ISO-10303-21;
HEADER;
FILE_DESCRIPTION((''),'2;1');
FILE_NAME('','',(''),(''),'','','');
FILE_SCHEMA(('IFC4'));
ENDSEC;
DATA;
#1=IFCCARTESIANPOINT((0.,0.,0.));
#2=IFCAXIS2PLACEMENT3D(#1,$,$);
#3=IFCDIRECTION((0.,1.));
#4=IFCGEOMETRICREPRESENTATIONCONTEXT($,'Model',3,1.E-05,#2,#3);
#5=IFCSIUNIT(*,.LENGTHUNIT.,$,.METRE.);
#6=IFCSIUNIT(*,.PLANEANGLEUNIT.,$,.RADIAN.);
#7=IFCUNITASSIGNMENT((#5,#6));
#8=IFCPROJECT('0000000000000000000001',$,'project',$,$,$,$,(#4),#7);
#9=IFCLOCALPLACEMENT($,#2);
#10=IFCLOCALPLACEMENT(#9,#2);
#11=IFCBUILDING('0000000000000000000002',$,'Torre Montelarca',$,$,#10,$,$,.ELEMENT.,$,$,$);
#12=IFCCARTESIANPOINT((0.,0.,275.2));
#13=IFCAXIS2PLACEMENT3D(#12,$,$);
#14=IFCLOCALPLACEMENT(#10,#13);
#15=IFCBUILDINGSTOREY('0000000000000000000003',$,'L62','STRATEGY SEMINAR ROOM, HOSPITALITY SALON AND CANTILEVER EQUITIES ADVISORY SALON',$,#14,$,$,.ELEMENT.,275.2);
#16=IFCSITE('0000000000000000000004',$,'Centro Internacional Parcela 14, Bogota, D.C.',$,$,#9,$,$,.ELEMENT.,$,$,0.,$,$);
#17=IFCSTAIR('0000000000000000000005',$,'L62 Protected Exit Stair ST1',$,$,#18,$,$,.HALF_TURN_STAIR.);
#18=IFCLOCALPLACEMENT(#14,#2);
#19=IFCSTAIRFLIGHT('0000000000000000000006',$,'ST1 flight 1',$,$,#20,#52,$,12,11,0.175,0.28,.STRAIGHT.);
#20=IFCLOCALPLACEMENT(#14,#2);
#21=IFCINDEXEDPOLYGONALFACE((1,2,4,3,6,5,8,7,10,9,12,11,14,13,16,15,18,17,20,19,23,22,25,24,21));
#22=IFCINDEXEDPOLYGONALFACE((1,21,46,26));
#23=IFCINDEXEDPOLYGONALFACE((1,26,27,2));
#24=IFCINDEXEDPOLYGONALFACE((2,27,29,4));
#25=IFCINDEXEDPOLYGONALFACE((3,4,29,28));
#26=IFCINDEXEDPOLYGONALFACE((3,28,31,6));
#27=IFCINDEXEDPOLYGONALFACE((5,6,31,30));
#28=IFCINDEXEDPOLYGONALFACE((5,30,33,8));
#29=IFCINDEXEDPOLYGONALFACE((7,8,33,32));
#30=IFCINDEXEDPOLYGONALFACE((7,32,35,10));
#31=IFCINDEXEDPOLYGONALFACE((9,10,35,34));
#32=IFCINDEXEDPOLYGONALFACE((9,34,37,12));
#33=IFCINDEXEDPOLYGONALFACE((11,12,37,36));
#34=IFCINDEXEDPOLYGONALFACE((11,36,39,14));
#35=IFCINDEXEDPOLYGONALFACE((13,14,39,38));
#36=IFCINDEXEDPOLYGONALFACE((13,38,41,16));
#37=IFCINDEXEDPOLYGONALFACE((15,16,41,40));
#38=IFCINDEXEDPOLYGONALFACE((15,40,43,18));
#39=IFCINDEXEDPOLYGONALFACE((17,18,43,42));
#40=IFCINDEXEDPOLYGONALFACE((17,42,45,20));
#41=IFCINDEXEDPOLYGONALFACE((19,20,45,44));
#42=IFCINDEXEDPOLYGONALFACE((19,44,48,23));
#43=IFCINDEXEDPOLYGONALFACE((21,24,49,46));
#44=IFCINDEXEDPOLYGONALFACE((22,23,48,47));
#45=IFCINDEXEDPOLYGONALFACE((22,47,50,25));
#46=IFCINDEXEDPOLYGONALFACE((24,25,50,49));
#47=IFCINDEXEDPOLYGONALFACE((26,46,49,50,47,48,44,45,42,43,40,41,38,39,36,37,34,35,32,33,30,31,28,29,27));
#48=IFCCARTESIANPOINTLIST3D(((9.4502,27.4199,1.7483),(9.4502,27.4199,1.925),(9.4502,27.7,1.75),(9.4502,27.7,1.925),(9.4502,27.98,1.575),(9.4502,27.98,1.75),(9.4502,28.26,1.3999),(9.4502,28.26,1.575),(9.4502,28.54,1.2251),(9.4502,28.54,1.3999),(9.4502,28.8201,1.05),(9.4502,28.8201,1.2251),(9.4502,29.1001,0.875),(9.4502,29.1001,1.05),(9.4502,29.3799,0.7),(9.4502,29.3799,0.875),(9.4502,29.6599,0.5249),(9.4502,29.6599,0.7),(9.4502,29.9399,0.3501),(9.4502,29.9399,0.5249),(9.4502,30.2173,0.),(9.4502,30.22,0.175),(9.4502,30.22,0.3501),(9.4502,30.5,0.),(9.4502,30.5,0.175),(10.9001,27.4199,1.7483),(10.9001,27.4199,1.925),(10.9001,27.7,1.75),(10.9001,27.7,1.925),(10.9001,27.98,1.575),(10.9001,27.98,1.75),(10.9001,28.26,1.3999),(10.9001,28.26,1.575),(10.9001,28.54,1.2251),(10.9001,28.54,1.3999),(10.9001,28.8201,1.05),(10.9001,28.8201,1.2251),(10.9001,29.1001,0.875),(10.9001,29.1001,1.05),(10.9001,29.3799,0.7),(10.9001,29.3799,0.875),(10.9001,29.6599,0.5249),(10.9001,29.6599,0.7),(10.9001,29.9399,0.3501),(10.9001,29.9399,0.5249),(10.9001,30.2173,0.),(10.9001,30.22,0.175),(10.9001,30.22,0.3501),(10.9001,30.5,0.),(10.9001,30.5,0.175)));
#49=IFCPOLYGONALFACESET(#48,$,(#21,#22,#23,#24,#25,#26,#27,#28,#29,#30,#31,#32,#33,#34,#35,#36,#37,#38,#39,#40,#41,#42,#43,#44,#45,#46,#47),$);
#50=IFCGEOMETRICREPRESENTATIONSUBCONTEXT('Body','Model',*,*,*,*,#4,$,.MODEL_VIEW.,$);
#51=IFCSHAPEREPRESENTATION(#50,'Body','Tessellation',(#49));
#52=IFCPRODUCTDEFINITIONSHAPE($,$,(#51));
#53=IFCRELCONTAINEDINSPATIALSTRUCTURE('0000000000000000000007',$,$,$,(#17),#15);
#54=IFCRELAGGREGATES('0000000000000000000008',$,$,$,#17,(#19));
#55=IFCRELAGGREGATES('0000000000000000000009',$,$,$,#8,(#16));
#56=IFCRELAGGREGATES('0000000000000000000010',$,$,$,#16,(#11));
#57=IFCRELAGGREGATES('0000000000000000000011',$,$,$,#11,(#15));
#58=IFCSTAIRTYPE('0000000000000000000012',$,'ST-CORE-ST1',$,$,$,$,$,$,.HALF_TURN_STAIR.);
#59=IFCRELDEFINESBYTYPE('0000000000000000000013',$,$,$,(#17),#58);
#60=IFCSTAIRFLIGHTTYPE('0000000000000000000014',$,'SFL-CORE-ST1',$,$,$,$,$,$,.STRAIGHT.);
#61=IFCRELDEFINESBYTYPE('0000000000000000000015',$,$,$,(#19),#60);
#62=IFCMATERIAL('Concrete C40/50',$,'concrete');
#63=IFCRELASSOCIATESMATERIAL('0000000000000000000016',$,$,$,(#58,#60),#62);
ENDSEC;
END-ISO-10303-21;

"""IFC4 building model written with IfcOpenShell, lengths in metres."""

from ifc_helpers import new_model, si_unit, direction, frame, origin, place, context, subcontext, project, spatial, polyline, outline, extrude, material, type_object, element, aggregate, save


model = new_model("IFC4")

# Units and contexts
model_context = context("Model", 3, precision=1e-05, world=origin(), true_north=direction((0.0, 1.0)))
body_context = subcontext(model_context, "Body", "Model", "MODEL_VIEW")
ifc_project = project(units=[si_unit("LENGTHUNIT", "METRE"), si_unit("PLANEANGLEUNIT", "RADIAN")], contexts=[model_context])

# Site, building, storey
site_placement = place(None, origin())
site = spatial("IfcSite", under=ifc_project, at=site_placement, Name="Centro Internacional Parcela 14, Bogota, D.C.", CompositionType="ELEMENT", RefElevation=0.0)
building_placement = place(site_placement, origin())
building = spatial("IfcBuilding", under=site, at=building_placement, Name="Torre Montelarca", CompositionType="ELEMENT")
storey_placement = place(building_placement, frame((0.0, 0.0, 275.2)))
storey = spatial("IfcBuildingStorey", under=building, at=storey_placement, Name="L62", Description="STRATEGY SEMINAR ROOM, HOSPITALITY SALON AND CANTILEVER EQUITIES ADVISORY SALON", CompositionType="ELEMENT", Elevation=275.2)

# Shared definitions
ifc_material_1 = material(Name="Concrete C40/50", Category="concrete")

# Stair, stair flight
stair_type = type_object("IfcStairType", Name="ST-CORE-ST1", PredefinedType="HALF_TURN_STAIR", material=ifc_material_1)
stair_placement = place(storey_placement, origin())
stair = element("IfcStair", 1, at=stair_placement, inside=storey, type_object=stair_type, Name="L62 Protected Exit Stair ST1", PredefinedType="HALF_TURN_STAIR")
stair_flight_type = type_object("IfcStairFlightType", Name="SFL-CORE-ST1", PredefinedType="STRAIGHT", material=ifc_material_1)
stair_flight_placement = place(storey_placement, frame((10.175, 30.5, 0.0), z_axis=(0.0, 0.0, 1.0), x_axis=(0.0, -1.0, 0.0)))
stair_flight = element("IfcStairFlight", 2, at=stair_flight_placement, type_object=stair_flight_type, Name="ST1 flight 1", NumberOfRisers=12, NumberOfTreads=11, PredefinedType="STRAIGHT", RiserHeight=0.175, TreadLength=0.28, context=body_context, shape_type="SweptSolid", body=[
    extrude(outline(polyline([(0.0, 0.0), (0.0, 0.175), (0.28, 0.175), (0.28, 0.3501), (0.5601, 0.3501), (0.5601, 0.5249), (0.8401, 0.5249), (0.8401, 0.7), (1.1201, 0.7), (1.1201, 0.875), (1.3999, 0.875), (1.3999, 1.05), (1.6799, 1.05), (1.6799, 1.2251), (1.96, 1.2251), (1.96, 1.3999), (2.24, 1.3999), (2.24, 1.575), (2.52, 1.575), (2.52, 1.75), (2.8, 1.75), (2.8, 1.925), (3.0801, 1.925), (3.0801, 2.1001), (3.0801, 1.7483), (0.2827, 0.0), (0.0, 0.0)])), frame((0.0, 0.7251, 0.0), z_axis=(0.0, -1.0, 0.0), x_axis=(1.0, 0.0, 0.0)), (0.0, 0.0, 1.0), 1.45),
])
aggregate(stair, [stair_flight])

save(model, "model.ifc")
